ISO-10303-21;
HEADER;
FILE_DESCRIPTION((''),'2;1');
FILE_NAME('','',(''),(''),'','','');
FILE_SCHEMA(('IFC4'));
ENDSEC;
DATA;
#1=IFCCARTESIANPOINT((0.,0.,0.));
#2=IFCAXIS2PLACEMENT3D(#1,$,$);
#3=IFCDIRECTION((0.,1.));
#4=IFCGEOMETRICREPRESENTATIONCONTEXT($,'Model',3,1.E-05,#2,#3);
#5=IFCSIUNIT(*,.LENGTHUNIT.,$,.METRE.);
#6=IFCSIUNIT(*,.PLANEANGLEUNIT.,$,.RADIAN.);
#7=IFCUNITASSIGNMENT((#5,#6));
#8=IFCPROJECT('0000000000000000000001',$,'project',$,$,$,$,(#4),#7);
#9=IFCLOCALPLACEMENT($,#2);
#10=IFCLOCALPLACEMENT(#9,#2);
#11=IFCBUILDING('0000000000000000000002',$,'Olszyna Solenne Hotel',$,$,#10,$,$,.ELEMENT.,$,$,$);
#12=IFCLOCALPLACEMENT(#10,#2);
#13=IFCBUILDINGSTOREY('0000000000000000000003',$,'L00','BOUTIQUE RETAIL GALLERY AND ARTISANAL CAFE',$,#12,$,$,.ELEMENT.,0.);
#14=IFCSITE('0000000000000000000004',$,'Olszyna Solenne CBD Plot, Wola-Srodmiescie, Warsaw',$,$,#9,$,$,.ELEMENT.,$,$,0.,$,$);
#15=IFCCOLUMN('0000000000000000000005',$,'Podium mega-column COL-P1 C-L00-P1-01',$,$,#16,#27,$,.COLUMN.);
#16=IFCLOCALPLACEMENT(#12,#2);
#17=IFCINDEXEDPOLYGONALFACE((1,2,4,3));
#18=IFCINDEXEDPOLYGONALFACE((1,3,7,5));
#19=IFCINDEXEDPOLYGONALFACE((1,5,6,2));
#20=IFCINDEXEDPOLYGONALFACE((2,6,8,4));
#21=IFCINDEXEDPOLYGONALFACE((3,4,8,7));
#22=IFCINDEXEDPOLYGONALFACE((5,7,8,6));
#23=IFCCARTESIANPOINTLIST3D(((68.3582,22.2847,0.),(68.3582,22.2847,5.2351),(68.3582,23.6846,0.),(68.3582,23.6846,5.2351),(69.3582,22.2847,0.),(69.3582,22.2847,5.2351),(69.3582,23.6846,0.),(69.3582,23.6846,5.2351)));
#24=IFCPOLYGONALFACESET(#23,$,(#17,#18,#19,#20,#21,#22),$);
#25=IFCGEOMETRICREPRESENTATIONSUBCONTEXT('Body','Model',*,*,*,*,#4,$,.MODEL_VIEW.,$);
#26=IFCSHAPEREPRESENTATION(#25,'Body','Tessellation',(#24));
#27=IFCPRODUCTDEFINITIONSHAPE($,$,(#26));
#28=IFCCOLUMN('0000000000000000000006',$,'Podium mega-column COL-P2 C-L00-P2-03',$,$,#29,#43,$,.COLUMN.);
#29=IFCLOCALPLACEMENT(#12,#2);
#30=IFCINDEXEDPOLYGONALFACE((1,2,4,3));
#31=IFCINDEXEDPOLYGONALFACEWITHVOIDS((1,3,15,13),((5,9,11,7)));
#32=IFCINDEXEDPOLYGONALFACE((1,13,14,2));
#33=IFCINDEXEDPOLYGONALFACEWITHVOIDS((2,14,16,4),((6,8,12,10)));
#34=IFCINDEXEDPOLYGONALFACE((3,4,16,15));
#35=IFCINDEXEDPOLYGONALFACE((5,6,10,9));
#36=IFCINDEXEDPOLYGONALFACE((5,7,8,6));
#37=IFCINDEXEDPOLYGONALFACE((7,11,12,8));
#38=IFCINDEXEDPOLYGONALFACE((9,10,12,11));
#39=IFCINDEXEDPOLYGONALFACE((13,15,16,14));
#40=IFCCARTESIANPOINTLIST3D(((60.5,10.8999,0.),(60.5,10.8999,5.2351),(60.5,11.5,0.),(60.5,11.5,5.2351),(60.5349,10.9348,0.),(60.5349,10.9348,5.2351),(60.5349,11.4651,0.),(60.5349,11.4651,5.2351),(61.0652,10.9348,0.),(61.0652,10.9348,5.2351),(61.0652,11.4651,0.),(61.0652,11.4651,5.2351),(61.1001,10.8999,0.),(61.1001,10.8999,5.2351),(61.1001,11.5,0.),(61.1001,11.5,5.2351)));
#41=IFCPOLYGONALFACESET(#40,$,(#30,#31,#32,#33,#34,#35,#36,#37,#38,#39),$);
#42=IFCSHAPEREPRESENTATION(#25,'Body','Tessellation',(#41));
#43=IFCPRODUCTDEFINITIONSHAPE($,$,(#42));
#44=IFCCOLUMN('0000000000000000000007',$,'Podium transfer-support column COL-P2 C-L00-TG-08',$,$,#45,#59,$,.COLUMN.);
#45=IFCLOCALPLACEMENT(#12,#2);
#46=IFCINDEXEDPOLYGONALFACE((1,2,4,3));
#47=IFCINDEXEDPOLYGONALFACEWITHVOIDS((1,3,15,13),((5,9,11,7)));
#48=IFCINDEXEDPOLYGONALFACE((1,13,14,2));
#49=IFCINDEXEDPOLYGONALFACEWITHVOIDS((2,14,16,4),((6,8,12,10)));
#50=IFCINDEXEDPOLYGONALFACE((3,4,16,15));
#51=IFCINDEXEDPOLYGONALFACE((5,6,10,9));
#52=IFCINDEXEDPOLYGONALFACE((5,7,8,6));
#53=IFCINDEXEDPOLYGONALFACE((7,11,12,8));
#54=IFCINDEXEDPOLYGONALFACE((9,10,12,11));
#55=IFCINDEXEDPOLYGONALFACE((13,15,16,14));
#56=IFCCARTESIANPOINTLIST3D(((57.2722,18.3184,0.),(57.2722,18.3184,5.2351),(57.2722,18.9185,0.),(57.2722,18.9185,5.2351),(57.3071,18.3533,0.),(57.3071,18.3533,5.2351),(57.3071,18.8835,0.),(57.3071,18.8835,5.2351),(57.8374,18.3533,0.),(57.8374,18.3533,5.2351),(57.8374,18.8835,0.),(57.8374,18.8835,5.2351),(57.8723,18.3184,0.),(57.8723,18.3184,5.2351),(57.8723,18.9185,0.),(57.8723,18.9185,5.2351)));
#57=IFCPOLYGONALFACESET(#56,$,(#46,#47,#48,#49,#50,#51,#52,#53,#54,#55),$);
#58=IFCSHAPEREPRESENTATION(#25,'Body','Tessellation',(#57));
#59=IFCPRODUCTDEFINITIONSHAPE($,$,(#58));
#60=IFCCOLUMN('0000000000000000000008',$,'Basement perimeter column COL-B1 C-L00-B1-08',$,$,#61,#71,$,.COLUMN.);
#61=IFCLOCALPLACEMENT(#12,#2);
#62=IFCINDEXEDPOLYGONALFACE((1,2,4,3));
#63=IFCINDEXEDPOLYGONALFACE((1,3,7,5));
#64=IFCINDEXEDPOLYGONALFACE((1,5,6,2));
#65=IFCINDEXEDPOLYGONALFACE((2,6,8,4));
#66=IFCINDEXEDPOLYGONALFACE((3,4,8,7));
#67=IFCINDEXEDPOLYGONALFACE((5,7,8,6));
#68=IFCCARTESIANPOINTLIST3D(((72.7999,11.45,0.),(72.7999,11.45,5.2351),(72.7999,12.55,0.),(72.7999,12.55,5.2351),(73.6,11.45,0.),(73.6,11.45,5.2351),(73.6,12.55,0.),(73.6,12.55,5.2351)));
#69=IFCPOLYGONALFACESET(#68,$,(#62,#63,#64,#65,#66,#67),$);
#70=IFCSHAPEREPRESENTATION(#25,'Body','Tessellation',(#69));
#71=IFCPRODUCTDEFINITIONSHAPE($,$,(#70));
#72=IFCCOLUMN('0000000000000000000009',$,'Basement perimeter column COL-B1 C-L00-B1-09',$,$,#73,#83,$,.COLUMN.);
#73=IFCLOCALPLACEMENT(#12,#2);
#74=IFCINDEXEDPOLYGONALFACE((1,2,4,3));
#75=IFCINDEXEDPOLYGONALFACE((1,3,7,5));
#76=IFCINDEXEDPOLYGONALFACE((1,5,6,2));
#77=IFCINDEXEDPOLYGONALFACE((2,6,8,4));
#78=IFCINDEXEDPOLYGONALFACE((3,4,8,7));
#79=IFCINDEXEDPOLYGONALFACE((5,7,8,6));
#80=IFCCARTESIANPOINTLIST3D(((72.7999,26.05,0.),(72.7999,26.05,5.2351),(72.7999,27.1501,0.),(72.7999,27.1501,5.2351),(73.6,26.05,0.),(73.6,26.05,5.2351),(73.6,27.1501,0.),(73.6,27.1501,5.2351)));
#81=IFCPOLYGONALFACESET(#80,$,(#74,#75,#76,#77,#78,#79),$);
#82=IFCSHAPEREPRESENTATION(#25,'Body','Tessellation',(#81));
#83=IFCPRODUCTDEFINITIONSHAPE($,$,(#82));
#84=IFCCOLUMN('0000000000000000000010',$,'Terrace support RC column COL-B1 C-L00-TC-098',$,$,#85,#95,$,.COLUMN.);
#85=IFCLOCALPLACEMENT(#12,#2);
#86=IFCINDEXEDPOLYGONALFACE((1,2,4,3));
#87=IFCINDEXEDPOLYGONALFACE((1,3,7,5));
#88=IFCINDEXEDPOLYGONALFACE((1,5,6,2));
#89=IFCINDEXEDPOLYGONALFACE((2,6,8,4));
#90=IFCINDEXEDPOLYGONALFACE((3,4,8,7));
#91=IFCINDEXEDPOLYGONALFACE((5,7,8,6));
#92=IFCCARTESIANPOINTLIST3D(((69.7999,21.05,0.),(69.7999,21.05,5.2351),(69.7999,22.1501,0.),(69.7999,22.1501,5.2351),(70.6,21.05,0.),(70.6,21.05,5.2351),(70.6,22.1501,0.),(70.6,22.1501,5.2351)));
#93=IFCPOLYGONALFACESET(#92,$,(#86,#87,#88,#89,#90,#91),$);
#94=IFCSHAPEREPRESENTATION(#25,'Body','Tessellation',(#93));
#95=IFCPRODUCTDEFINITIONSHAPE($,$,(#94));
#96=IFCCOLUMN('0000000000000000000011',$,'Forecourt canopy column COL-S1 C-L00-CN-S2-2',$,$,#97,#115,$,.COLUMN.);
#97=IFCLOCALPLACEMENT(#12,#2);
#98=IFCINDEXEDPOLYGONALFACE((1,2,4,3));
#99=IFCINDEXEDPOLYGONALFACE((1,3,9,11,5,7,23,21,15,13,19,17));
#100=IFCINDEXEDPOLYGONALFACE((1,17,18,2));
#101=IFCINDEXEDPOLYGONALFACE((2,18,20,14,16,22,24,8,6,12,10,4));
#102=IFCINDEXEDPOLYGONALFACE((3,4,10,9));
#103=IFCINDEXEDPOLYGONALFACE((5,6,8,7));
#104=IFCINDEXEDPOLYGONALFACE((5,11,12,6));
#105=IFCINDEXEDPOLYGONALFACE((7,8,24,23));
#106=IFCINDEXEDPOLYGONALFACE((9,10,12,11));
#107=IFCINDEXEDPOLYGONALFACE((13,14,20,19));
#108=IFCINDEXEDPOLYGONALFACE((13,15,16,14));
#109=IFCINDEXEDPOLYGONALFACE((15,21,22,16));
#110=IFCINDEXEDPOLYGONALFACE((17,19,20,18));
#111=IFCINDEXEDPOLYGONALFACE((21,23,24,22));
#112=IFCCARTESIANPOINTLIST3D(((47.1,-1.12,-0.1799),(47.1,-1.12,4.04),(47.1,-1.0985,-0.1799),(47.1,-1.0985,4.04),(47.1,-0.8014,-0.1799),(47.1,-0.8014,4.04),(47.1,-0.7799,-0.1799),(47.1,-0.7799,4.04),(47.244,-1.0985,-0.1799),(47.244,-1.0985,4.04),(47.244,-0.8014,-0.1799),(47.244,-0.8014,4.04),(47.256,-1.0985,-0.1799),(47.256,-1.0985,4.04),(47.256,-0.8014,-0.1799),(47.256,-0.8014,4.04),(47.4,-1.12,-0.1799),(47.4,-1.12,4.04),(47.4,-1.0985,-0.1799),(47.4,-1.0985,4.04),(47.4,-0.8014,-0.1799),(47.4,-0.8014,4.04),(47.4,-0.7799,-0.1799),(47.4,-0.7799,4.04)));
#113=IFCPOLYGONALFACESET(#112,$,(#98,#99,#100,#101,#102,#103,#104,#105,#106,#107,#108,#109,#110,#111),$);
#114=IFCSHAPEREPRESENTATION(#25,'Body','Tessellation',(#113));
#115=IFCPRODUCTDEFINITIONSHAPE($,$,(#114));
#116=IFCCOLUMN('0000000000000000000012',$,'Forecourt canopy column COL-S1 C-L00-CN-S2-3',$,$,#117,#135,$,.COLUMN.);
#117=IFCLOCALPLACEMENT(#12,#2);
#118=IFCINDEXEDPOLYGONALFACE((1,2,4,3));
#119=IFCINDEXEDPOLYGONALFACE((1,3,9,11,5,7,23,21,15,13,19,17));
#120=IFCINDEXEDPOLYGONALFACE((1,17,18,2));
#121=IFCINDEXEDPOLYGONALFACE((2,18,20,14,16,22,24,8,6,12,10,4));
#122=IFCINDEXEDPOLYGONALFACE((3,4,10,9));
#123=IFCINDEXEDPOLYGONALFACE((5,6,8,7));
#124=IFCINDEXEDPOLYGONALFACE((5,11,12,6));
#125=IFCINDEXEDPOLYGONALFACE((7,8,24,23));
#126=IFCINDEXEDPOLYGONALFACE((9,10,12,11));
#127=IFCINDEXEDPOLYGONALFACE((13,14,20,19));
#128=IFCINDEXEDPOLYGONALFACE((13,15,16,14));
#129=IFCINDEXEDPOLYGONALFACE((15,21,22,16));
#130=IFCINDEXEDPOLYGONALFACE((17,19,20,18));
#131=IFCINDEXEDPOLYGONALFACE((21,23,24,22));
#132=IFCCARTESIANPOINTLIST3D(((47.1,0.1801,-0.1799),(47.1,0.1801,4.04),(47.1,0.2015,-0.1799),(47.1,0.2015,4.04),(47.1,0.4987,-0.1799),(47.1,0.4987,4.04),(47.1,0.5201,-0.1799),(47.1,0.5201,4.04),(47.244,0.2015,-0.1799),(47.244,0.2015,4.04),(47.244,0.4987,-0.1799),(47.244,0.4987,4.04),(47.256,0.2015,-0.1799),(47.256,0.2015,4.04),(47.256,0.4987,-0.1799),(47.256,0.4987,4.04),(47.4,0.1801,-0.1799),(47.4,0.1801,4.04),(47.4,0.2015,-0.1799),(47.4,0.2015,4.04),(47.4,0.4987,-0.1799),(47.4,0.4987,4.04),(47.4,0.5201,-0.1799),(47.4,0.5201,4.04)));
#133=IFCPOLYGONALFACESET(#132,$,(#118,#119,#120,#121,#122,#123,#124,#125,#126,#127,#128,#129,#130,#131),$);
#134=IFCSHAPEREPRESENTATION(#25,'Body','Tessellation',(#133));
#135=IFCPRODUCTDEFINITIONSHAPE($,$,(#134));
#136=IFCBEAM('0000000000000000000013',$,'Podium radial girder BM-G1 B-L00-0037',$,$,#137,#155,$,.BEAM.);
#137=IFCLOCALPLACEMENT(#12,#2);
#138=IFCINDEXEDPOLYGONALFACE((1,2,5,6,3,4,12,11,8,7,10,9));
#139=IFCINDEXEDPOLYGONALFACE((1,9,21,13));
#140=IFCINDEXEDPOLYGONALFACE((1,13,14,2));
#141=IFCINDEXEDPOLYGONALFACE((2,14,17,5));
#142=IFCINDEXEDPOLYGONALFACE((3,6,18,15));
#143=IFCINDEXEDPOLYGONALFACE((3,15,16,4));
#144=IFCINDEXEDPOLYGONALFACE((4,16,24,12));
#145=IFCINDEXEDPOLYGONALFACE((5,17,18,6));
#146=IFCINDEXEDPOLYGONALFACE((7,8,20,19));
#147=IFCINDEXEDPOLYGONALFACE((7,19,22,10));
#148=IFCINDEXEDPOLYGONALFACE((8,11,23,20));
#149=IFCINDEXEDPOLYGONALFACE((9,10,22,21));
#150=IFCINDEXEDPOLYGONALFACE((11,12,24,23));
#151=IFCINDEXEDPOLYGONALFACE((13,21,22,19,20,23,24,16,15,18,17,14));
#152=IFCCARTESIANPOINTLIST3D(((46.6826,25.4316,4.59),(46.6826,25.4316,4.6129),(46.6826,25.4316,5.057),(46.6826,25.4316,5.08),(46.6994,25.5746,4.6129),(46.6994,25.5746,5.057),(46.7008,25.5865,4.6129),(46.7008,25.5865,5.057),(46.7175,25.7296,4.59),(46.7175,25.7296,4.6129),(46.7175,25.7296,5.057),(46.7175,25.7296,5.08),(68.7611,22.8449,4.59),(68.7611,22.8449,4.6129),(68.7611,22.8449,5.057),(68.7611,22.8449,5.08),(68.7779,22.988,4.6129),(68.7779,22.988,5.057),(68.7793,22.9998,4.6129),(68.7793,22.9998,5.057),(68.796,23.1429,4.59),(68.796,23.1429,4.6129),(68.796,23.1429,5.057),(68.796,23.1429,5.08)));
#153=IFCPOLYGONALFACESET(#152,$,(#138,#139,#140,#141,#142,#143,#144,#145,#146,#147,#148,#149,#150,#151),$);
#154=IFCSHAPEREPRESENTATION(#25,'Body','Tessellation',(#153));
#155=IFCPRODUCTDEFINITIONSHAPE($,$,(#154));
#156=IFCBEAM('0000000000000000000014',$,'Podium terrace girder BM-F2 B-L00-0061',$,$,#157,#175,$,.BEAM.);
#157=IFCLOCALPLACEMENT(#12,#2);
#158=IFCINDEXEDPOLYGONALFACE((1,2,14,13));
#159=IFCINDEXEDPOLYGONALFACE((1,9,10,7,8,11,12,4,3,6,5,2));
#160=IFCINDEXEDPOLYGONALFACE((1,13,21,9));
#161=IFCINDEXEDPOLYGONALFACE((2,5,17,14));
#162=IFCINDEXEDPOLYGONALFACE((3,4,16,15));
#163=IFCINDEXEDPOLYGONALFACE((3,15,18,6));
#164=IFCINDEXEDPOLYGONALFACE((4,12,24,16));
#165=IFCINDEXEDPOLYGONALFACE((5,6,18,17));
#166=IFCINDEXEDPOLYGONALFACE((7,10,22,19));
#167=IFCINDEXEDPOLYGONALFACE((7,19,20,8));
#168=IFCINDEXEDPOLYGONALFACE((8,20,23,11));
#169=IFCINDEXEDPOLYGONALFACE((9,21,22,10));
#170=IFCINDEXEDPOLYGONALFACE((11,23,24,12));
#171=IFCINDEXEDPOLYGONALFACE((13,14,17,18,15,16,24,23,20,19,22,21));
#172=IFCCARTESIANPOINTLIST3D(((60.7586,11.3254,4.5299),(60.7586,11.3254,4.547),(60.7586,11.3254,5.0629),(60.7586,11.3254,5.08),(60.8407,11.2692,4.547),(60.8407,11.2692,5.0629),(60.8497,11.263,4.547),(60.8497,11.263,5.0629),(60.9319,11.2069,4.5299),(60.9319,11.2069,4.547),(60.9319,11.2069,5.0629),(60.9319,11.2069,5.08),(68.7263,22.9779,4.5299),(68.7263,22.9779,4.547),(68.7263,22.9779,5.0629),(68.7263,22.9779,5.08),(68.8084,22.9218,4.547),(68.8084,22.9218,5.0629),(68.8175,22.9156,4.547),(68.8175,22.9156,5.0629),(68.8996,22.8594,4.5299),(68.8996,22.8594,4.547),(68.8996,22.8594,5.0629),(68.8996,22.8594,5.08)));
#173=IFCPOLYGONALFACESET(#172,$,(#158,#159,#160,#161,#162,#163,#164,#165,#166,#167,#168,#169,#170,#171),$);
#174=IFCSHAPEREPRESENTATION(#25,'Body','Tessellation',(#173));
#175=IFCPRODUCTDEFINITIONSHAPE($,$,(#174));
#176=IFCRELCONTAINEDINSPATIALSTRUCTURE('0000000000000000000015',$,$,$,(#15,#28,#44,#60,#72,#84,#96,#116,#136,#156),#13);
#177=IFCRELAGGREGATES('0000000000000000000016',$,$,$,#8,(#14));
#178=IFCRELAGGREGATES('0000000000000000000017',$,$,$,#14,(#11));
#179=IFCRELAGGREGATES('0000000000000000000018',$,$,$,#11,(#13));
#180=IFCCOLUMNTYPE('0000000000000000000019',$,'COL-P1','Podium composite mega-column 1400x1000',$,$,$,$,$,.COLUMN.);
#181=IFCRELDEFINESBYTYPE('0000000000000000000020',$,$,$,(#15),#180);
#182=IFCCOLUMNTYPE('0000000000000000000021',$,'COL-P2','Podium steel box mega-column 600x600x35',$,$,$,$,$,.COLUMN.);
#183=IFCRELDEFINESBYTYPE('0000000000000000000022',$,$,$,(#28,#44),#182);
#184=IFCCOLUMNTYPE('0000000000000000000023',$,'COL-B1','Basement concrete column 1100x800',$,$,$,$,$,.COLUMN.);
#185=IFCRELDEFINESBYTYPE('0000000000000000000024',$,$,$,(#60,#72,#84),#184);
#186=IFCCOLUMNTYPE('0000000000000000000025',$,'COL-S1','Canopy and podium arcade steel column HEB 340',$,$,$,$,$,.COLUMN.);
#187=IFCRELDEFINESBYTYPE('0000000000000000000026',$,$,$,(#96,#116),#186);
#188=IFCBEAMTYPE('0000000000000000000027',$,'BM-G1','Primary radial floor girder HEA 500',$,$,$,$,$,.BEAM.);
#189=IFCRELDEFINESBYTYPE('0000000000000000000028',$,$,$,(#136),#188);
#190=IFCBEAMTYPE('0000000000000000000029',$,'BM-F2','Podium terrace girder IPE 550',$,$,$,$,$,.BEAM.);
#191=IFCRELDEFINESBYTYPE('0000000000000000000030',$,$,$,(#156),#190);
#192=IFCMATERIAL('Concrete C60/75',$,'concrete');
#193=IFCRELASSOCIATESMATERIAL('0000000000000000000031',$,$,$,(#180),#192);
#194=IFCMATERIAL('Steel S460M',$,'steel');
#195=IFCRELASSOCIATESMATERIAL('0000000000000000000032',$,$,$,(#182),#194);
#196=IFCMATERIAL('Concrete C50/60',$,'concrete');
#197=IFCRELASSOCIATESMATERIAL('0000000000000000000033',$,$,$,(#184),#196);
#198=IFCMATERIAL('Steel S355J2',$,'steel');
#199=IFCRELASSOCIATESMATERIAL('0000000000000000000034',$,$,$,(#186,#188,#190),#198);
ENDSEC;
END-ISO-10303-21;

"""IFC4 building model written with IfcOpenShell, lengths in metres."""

from ifc_helpers import new_model, si_unit, direction, frame, origin, origin_2d, place, context, subcontext, project, spatial, rectangle, hollow_rectangle, i_section, extrude, source, transform, mapped, material, material_profile, profile_set, type_object, element, save


model = new_model("IFC4")

# Units and contexts
model_context = context("Model", 3, precision=1e-05, world=origin(), true_north=direction((0.0, 1.0)))
body_context = subcontext(model_context, "Body", "Model", "MODEL_VIEW")
ifc_project = project(units=[si_unit("LENGTHUNIT", "METRE"), si_unit("PLANEANGLEUNIT", "RADIAN")], contexts=[model_context])

# Site, building, storey
site_placement = place(None, origin())
site = spatial("IfcSite", under=ifc_project, at=site_placement, Name="Olszyna Solenne CBD Plot, Wola-Srodmiescie, Warsaw", CompositionType="ELEMENT", RefElevation=0.0)
building_placement = place(site_placement, origin())
building = spatial("IfcBuilding", under=site, at=building_placement, Name="Olszyna Solenne Hotel", CompositionType="ELEMENT")
storey_placement = place(building_placement, origin())
storey = spatial("IfcBuildingStorey", under=building, at=storey_placement, Name="L00", Description="BOUTIQUE RETAIL GALLERY AND ARTISANAL CAFE", CompositionType="ELEMENT", Elevation=0.0)

# Columns
ifc_material_1 = material(Name="Concrete C60/75", Category="concrete")
ifc_material_profile_1 = material_profile(ifc_material_1, rectangle(XDim=1.0, YDim=1.3999, at=origin_2d()), Name="RC 1400x1000", Category="load-bearing")
ifc_profile_set_1 = profile_set([ifc_material_profile_1], Name="Concrete C60/75")
column_type_1 = type_object("IfcColumnType", Name="COL-P1", Description="Podium composite mega-column 1400x1000", PredefinedType="COLUMN", material=ifc_profile_set_1)
shared_shape_1 = source(origin(), body_context, "Body", "SweptSolid", [
    extrude(rectangle(XDim=1.0, YDim=1.3999, at=origin_2d()), origin(), (0.0, 0.0, 1.0), 5.2351),
])
column_placement = place(storey_placement, frame((68.8582, 22.9846, 0.0), z_axis=(0.0, 0.0, 1.0), x_axis=(1.0, 0.0, 0.0)))
element("IfcColumn", 1, at=column_placement, inside=storey, type_object=column_type_1, Name="Podium mega-column COL-P1 C-L00-P1-01", PredefinedType="COLUMN", context=body_context, shape_type="MappedRepresentation", body=[
    mapped(shared_shape_1, transform((0.0, 0.0, 0.0), x_axis=(1.0, 0.0, 0.0), y_axis=(0.0, 1.0, 0.0), z_axis=(0.0, 0.0, 1.0), scale=1.0)),
])
ifc_material_2 = material(Name="Steel S460M", Category="steel")
ifc_material_profile_2 = material_profile(ifc_material_2, hollow_rectangle(XDim=0.6001, YDim=0.6001, WallThickness=0.0349, at=origin_2d()), Name="SHS 600x600x35", Category="load-bearing")
ifc_profile_set_2 = profile_set([ifc_material_profile_2], Name="Steel S460M")
column_type_2 = type_object("IfcColumnType", Name="COL-P2", Description="Podium steel box mega-column 600x600x35", PredefinedType="COLUMN", material=ifc_profile_set_2)
shared_shape_2 = source(origin(), body_context, "Body", "SweptSolid", [
    extrude(hollow_rectangle(XDim=0.6001, YDim=0.6001, WallThickness=0.0349, at=origin_2d()), origin(), (0.0, 0.0, 1.0), 5.2351),
])
for number, where, z_axis, x_axis, name in (
    (2, (60.8, 11.2, 0.0), (0.0, 0.0, 1.0), (1.0, 0.0, 0.0), "Podium mega-column COL-P2 C-L00-P2-03"),
    (3, (57.5723, 18.6184, 0.0), (0.0, 0.0, 1.0), (1.0, 0.0, 0.0), "Podium transfer-support column COL-P2 C-L00-TG-08"),
):
    element("IfcColumn", number, at=place(storey_placement, frame(where, z_axis=z_axis, x_axis=x_axis)), inside=storey, type_object=column_type_2, Name=name, PredefinedType="COLUMN", context=body_context, shape_type="MappedRepresentation", body=[
        mapped(shared_shape_2, transform((0.0, 0.0, 0.0), x_axis=(1.0, 0.0, 0.0), y_axis=(0.0, 1.0, 0.0), z_axis=(0.0, 0.0, 1.0), scale=1.0)),
    ])
ifc_material_3 = material(Name="Concrete C50/60", Category="concrete")
ifc_material_profile_3 = material_profile(ifc_material_3, rectangle(XDim=0.8, YDim=1.1001, at=origin_2d()), Name="RC 1100x800", Category="load-bearing")
ifc_profile_set_3 = profile_set([ifc_material_profile_3], Name="Concrete C50/60")
column_type_3 = type_object("IfcColumnType", Name="COL-B1", Description="Basement concrete column 1100x800", PredefinedType="COLUMN", material=ifc_profile_set_3)
shared_shape_3 = source(origin(), body_context, "Body", "SweptSolid", [
    extrude(rectangle(XDim=0.8, YDim=1.1001, at=origin_2d()), origin(), (0.0, 0.0, 1.0), 5.2351),
])
for number, where, z_axis, x_axis, name in (
    (4, (73.2, 12.0, 0.0), (0.0, 0.0, 1.0), (1.0, 0.0, 0.0), "Basement perimeter column COL-B1 C-L00-B1-08"),
    (5, (73.2, 26.6001, 0.0), (0.0, 0.0, 1.0), (1.0, 0.0, 0.0), "Basement perimeter column COL-B1 C-L00-B1-09"),
    (6, (70.2, 21.6001, 0.0), (0.0, 0.0, 1.0), (1.0, 0.0, 0.0), "Terrace support RC column COL-B1 C-L00-TC-098"),
):
    element("IfcColumn", number, at=place(storey_placement, frame(where, z_axis=z_axis, x_axis=x_axis)), inside=storey, type_object=column_type_3, Name=name, PredefinedType="COLUMN", context=body_context, shape_type="MappedRepresentation", body=[
        mapped(shared_shape_3, transform((0.0, 0.0, 0.0), x_axis=(1.0, 0.0, 0.0), y_axis=(0.0, 1.0, 0.0), z_axis=(0.0, 0.0, 1.0), scale=1.0)),
    ])
ifc_material_4 = material(Name="Steel S355J2", Category="steel")
ifc_material_profile_4 = material_profile(ifc_material_4, i_section(OverallWidth=0.3, OverallDepth=0.3401, WebThickness=0.012, FlangeThickness=0.0215, at=origin_2d()), Name="HEB 340", Category="load-bearing")
ifc_profile_set_4 = profile_set([ifc_material_profile_4], Name="Steel S355J2")
column_type_4 = type_object("IfcColumnType", Name="COL-S1", Description="Canopy and podium arcade steel column HEB 340", PredefinedType="COLUMN", material=ifc_profile_set_4)
shared_shape_4 = source(origin(), body_context, "Body", "SweptSolid", [
    extrude(i_section(OverallWidth=0.3, OverallDepth=0.3401, WebThickness=0.012, FlangeThickness=0.0215, at=origin_2d()), origin(), (0.0, 0.0, 1.0), 4.22),
])
for number, where, z_axis, x_axis, name in (
    (7, (47.25, -0.95, -0.1799), (0.0, 0.0, 1.0), (1.0, 0.0, 0.0), "Forecourt canopy column COL-S1 C-L00-CN-S2-2"),
    (8, (47.25, 0.3501, -0.1799), (0.0, 0.0, 1.0), (1.0, 0.0, 0.0), "Forecourt canopy column COL-S1 C-L00-CN-S2-3"),
):
    element("IfcColumn", number, at=place(storey_placement, frame(where, z_axis=z_axis, x_axis=x_axis)), inside=storey, type_object=column_type_4, Name=name, PredefinedType="COLUMN", context=body_context, shape_type="MappedRepresentation", body=[
        mapped(shared_shape_4, transform((0.0, 0.0, 0.0), x_axis=(1.0, 0.0, 0.0), y_axis=(0.0, 1.0, 0.0), z_axis=(0.0, 0.0, 1.0), scale=1.0)),
    ])

# Beams
ifc_material_profile_5 = material_profile(ifc_material_4, i_section(OverallWidth=0.3, OverallDepth=0.49, WebThickness=0.012, FlangeThickness=0.0229, at=origin_2d()), Name="HEA 500", Category="load-bearing")
ifc_profile_set_5 = profile_set([ifc_material_profile_5], Name="Steel S355J2")
beam_type_1 = type_object("IfcBeamType", Name="BM-G1", Description="Primary radial floor girder HEA 500", PredefinedType="BEAM", material=ifc_profile_set_5)
shared_shape_5 = source(origin(), body_context, "Body", "SweptSolid", [
    extrude(i_section(OverallWidth=0.3, OverallDepth=0.49, WebThickness=0.012, FlangeThickness=0.0229, at=origin_2d()), origin(), (0.0, 0.0, 1.0), 22.2295),
])
beam_1_placement = place(storey_placement, frame((68.7786, 22.9939, 4.835), z_axis=(-0.993207, 0.116363, 0.0), x_axis=(-0.116363, -0.993207, 0.0)))
element("IfcBeam", 9, at=beam_1_placement, inside=storey, type_object=beam_type_1, Name="Podium radial girder BM-G1 B-L00-0037", PredefinedType="BEAM", context=body_context, shape_type="MappedRepresentation", body=[
    mapped(shared_shape_5, transform((0.0, 0.0, 0.0), x_axis=(1.0, 0.0, 0.0), y_axis=(0.0, 1.0, 0.0), z_axis=(0.0, 0.0, 1.0), scale=1.0)),
])
ifc_material_profile_6 = material_profile(ifc_material_4, i_section(OverallWidth=0.21, OverallDepth=0.55, WebThickness=0.011, FlangeThickness=0.0171, at=origin_2d()), Name="IPE 550", Category="load-bearing")
ifc_profile_set_6 = profile_set([ifc_material_profile_6], Name="Steel S355J2")
beam_type_2 = type_object("IfcBeamType", Name="BM-F2", Description="Podium terrace girder IPE 550", PredefinedType="BEAM", material=ifc_profile_set_6)
shared_shape_6 = source(origin(), body_context, "Body", "SweptSolid", [
    extrude(i_section(OverallWidth=0.21, OverallDepth=0.55, WebThickness=0.011, FlangeThickness=0.0171, at=origin_2d()), origin(), (0.0, 0.0, 1.0), 14.1162),
])
beam_2_placement = place(storey_placement, frame((60.8452, 11.2661, 4.8049), z_axis=(0.56444, 0.825474, 0.0), x_axis=(-0.825474, 0.56444, 0.0)))
element("IfcBeam", 10, at=beam_2_placement, inside=storey, type_object=beam_type_2, Name="Podium terrace girder BM-F2 B-L00-0061", PredefinedType="BEAM", context=body_context, shape_type="MappedRepresentation", body=[
    mapped(shared_shape_6, transform((0.0, 0.0, 0.0), x_axis=(1.0, 0.0, 0.0), y_axis=(0.0, 1.0, 0.0), z_axis=(0.0, 0.0, 1.0), scale=1.0)),
])

save(model, "model.ifc")
